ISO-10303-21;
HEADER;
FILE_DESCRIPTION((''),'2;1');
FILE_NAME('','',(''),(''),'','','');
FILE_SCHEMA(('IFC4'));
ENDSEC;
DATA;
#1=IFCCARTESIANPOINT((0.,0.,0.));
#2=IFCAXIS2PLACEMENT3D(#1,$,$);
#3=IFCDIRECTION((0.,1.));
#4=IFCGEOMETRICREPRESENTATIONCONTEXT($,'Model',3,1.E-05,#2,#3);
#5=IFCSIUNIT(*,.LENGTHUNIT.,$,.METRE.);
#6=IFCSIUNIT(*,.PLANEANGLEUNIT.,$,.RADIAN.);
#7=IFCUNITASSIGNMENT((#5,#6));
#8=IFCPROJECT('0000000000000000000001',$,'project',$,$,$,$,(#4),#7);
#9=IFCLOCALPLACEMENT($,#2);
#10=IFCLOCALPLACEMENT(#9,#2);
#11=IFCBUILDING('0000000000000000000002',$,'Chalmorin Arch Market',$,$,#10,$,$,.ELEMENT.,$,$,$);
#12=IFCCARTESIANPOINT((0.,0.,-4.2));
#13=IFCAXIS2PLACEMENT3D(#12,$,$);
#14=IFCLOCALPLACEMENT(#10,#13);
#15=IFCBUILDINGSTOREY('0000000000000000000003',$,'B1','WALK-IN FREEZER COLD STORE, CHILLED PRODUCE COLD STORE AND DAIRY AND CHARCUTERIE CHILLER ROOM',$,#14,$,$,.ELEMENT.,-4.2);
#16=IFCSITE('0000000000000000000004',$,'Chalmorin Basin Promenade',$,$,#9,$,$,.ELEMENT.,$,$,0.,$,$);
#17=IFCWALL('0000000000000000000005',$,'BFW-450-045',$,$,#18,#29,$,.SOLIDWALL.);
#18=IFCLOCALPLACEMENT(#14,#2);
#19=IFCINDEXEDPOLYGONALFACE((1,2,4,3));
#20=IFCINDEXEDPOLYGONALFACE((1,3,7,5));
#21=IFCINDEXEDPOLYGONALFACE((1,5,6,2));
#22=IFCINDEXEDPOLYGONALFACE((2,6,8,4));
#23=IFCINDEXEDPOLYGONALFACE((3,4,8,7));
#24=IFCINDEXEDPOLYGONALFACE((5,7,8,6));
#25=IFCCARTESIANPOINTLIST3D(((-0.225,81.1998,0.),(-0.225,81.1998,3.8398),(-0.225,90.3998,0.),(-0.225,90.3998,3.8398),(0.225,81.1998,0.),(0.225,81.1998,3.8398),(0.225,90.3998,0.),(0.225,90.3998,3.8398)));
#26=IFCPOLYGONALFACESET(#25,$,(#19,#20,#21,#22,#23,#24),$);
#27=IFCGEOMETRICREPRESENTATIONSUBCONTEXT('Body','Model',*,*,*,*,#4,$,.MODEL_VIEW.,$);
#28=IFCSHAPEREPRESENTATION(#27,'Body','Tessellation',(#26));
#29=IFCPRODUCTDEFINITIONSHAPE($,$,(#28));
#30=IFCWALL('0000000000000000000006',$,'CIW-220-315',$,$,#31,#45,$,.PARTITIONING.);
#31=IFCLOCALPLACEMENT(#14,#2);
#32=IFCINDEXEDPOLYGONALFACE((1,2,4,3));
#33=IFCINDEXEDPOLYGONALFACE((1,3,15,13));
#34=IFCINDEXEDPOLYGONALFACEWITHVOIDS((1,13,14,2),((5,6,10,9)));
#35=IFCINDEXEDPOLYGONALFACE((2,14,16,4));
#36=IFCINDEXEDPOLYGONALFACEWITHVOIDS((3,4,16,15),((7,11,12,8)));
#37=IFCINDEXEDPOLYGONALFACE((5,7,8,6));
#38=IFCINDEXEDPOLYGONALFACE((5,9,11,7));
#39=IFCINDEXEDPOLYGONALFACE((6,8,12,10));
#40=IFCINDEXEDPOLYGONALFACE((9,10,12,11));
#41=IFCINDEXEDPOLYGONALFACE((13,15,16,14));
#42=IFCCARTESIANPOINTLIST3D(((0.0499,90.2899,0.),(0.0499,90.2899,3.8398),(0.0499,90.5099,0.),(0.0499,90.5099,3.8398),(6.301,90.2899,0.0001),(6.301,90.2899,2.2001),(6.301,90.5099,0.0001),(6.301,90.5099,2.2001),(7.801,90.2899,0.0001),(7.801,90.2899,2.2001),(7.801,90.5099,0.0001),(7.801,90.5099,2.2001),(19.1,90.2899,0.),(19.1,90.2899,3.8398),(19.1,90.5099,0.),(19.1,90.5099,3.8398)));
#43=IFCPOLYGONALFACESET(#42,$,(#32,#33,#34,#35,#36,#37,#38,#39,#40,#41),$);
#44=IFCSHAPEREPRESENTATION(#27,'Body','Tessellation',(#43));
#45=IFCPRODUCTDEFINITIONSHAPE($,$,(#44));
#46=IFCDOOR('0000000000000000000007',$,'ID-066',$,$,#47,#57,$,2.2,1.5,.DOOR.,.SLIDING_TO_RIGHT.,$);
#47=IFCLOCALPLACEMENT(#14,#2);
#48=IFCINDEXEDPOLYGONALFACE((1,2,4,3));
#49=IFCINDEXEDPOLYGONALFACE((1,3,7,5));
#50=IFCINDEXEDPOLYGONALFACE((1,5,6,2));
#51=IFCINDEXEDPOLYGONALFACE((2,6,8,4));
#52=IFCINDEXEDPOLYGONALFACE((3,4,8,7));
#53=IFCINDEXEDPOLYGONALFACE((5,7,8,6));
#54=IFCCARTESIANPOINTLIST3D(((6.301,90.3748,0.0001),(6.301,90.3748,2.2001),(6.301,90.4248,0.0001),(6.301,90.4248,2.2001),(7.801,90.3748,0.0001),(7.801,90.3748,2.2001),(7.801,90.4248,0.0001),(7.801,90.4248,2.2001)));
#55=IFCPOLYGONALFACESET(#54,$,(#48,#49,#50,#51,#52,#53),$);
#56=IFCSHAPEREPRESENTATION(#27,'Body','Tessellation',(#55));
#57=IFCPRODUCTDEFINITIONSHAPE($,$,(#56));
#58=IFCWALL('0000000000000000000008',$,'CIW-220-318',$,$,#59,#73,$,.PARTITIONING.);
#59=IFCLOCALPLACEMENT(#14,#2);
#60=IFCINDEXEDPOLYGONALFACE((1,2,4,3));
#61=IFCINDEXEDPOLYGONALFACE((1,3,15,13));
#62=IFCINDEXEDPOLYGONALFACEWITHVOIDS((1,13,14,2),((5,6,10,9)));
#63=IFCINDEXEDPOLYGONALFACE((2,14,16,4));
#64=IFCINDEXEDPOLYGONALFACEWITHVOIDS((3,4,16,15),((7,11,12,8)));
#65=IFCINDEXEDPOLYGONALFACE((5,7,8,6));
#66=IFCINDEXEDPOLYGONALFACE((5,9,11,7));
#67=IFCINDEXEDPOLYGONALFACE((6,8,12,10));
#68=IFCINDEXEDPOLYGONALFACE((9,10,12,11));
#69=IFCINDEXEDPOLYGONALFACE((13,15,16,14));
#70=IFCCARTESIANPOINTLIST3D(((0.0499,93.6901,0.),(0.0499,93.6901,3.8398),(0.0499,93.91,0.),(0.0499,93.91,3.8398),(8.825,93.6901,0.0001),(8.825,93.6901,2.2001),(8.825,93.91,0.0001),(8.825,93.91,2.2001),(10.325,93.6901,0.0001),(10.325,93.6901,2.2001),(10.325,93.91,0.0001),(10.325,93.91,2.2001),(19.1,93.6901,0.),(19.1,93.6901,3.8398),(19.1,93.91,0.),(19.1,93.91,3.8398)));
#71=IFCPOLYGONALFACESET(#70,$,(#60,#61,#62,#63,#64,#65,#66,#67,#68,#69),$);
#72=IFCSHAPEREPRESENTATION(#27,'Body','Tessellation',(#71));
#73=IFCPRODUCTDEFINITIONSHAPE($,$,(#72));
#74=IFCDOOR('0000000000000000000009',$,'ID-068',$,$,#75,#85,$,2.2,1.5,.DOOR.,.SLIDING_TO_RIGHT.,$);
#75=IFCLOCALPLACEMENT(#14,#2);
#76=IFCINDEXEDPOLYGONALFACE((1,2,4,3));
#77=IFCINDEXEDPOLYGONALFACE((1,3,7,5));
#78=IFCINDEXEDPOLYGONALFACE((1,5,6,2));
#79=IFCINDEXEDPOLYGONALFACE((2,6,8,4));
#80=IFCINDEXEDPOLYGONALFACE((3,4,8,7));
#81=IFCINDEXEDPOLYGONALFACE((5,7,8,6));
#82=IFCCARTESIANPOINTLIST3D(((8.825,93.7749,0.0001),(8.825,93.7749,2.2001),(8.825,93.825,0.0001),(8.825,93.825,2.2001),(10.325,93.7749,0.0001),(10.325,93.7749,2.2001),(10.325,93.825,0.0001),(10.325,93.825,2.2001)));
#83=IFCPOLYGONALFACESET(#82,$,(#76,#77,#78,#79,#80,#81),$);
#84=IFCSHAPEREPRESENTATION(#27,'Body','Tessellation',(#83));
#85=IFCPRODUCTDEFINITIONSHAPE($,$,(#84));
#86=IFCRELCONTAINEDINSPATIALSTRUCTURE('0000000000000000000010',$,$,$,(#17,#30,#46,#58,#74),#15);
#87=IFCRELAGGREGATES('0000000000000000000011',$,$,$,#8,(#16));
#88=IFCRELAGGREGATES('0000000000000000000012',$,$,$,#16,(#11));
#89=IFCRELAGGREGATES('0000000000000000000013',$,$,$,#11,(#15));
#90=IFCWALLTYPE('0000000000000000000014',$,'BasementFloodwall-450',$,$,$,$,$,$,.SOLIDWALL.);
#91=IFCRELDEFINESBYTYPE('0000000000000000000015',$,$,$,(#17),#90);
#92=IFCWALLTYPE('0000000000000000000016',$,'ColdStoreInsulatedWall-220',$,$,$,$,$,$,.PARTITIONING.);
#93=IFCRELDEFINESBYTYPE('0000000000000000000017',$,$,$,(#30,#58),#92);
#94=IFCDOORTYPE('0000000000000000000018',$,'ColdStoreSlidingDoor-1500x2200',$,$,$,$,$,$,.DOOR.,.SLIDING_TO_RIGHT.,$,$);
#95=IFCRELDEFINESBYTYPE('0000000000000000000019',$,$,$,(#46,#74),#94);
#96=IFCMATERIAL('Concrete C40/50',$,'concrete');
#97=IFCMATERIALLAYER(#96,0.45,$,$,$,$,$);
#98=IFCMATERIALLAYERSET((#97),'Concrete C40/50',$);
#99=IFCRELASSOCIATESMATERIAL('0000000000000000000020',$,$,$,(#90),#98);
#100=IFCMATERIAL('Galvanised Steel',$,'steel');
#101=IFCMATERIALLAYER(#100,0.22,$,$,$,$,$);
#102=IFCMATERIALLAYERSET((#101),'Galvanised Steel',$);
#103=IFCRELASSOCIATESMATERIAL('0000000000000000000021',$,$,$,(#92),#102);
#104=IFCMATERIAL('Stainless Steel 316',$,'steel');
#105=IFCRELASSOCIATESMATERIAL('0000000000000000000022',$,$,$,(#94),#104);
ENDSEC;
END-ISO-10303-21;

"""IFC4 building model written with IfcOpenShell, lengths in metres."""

from ifc_helpers import new_model, si_unit, direction, frame, frame_2d, origin, place, context, subcontext, project, spatial, rectangle, extrude, material, layer, layer_set, type_object, element, fill, save


model = new_model("IFC4")

# Units and contexts
model_context = context("Model", 3, precision=1e-05, world=origin(), true_north=direction((0.0, 1.0)))
body_context = subcontext(model_context, "Body", "Model", "MODEL_VIEW")
ifc_project = project(units=[si_unit("LENGTHUNIT", "METRE"), si_unit("PLANEANGLEUNIT", "RADIAN")], contexts=[model_context])

# Site, building, storey
site_placement = place(None, origin())
site = spatial("IfcSite", under=ifc_project, at=site_placement, Name="Chalmorin Basin Promenade", CompositionType="ELEMENT", RefElevation=0.0)
building_placement = place(site_placement, origin())
building = spatial("IfcBuilding", under=site, at=building_placement, Name="Chalmorin Arch Market", CompositionType="ELEMENT")
storey_placement = place(building_placement, frame((0.0, 0.0, -4.2)))
storey = spatial("IfcBuildingStorey", under=building, at=storey_placement, Name="B1", Description="WALK-IN FREEZER COLD STORE, CHILLED PRODUCE COLD STORE AND DAIRY AND CHARCUTERIE CHILLER ROOM", CompositionType="ELEMENT", Elevation=-4.2)

# Shared definitions
ifc_material_1 = material(Name="Concrete C40/50", Category="concrete")

# Wall
ifc_layer_1 = layer(ifc_material_1, 0.45)
ifc_layer_set_1 = layer_set([ifc_layer_1], Name="Concrete C40/50")
wall_type_1 = type_object("IfcWallType", Name="BasementFloodwall-450", PredefinedType="SOLIDWALL", material=ifc_layer_set_1)
wall_1_placement = place(storey_placement, frame((0.0, 90.3999, 0.0), z_axis=(0.0, 0.0, 1.0), x_axis=(0.0, -1.0, 0.0)))
element("IfcWall", 1, at=wall_1_placement, inside=storey, type_object=wall_type_1, Name="BFW-450-045", PredefinedType="SOLIDWALL", context=body_context, shape_type="SweptSolid", body=[
    extrude(rectangle(XDim=9.2, YDim=0.45, at=frame_2d((4.6001, 0.0))), origin(), (0.0, 0.0, 1.0), 3.8398),
])

# Walls, openings, doors
ifc_material_2 = material(Name="Galvanised Steel", Category="steel")
ifc_layer_2 = layer(ifc_material_2, 0.22)
ifc_layer_set_2 = layer_set([ifc_layer_2], Name="Galvanised Steel")
wall_type_2 = type_object("IfcWallType", Name="ColdStoreInsulatedWall-220", PredefinedType="PARTITIONING", material=ifc_layer_set_2)
wall_2_placement = place(storey_placement, frame((0.05, 90.3999, 0.0), z_axis=(0.0, 0.0, 1.0), x_axis=(1.0, 0.0, 0.0)))
wall_2 = element("IfcWall", 2, at=wall_2_placement, inside=storey, type_object=wall_type_2, Name="CIW-220-315", PredefinedType="PARTITIONING", context=body_context, shape_type="SweptSolid", body=[
    extrude(rectangle(XDim=19.05, YDim=0.22, at=frame_2d((9.5249, 0.0))), origin(), (0.0, 0.0, 1.0), 3.8398),
])
opening_1_placement = place(wall_2_placement, frame((6.251, 0.0, 0.0)))
opening_1 = element("IfcOpeningElement", 3, at=opening_1_placement, cuts=wall_2, PredefinedType="OPENING", context=body_context, shape_type="SweptSolid", body=[
    extrude(rectangle(XDim=1.5, YDim=2.2, at=frame_2d((0.75, 1.1001))), frame((0.0, 0.1199, 0.0), z_axis=(0.0, -1.0, 0.0), x_axis=(1.0, 0.0, 0.0)), (0.0, 0.0, 1.0), 0.24),
])
ifc_material_3 = material(Name="Stainless Steel 316", Category="steel")
door_type = type_object("IfcDoorType", Name="ColdStoreSlidingDoor-1500x2200", OperationType="SLIDING_TO_RIGHT", PredefinedType="DOOR", material=ifc_material_3)
door_1_placement = place(opening_1_placement, origin())
door_1 = element("IfcDoor", 4, at=door_1_placement, inside=storey, type_object=door_type, Name="ID-066", OperationType="SLIDING_TO_RIGHT", OverallHeight=2.2, OverallWidth=1.5, PredefinedType="DOOR", context=body_context, shape_type="SweptSolid", body=[
    extrude(rectangle(XDim=1.5, YDim=2.2, at=frame_2d((0.75, 1.1001))), frame((0.0, 0.0249, 0.0), z_axis=(0.0, -1.0, 0.0), x_axis=(1.0, 0.0, 0.0)), (0.0, 0.0, 1.0), 0.05),
])
fill(opening_1, door_1)
wall_3_placement = place(storey_placement, frame((0.05, 93.8, 0.0), z_axis=(0.0, 0.0, 1.0), x_axis=(1.0, 0.0, 0.0)))
wall_3 = element("IfcWall", 5, at=wall_3_placement, inside=storey, type_object=wall_type_2, Name="CIW-220-318", PredefinedType="PARTITIONING", context=body_context, shape_type="SweptSolid", body=[
    extrude(rectangle(XDim=19.05, YDim=0.22, at=frame_2d((9.5249, 0.0))), origin(), (0.0, 0.0, 1.0), 3.8398),
])
opening_2_placement = place(wall_3_placement, frame((8.7749, 0.0, 0.0)))
opening_2 = element("IfcOpeningElement", 6, at=opening_2_placement, cuts=wall_3, PredefinedType="OPENING", context=body_context, shape_type="SweptSolid", body=[
    extrude(rectangle(XDim=1.5, YDim=2.2, at=frame_2d((0.75, 1.1001))), frame((0.0, 0.1199, 0.0), z_axis=(0.0, -1.0, 0.0), x_axis=(1.0, 0.0, 0.0)), (0.0, 0.0, 1.0), 0.24),
])
door_2_placement = place(opening_2_placement, origin())
door_2 = element("IfcDoor", 7, at=door_2_placement, inside=storey, type_object=door_type, Name="ID-068", OperationType="SLIDING_TO_RIGHT", OverallHeight=2.2, OverallWidth=1.5, PredefinedType="DOOR", context=body_context, shape_type="SweptSolid", body=[
    extrude(rectangle(XDim=1.5, YDim=2.2, at=frame_2d((0.75, 1.1001))), frame((0.0, 0.0249, 0.0), z_axis=(0.0, -1.0, 0.0), x_axis=(1.0, 0.0, 0.0)), (0.0, 0.0, 1.0), 0.05),
])
fill(opening_2, door_2)

save(model, "model.ifc")
